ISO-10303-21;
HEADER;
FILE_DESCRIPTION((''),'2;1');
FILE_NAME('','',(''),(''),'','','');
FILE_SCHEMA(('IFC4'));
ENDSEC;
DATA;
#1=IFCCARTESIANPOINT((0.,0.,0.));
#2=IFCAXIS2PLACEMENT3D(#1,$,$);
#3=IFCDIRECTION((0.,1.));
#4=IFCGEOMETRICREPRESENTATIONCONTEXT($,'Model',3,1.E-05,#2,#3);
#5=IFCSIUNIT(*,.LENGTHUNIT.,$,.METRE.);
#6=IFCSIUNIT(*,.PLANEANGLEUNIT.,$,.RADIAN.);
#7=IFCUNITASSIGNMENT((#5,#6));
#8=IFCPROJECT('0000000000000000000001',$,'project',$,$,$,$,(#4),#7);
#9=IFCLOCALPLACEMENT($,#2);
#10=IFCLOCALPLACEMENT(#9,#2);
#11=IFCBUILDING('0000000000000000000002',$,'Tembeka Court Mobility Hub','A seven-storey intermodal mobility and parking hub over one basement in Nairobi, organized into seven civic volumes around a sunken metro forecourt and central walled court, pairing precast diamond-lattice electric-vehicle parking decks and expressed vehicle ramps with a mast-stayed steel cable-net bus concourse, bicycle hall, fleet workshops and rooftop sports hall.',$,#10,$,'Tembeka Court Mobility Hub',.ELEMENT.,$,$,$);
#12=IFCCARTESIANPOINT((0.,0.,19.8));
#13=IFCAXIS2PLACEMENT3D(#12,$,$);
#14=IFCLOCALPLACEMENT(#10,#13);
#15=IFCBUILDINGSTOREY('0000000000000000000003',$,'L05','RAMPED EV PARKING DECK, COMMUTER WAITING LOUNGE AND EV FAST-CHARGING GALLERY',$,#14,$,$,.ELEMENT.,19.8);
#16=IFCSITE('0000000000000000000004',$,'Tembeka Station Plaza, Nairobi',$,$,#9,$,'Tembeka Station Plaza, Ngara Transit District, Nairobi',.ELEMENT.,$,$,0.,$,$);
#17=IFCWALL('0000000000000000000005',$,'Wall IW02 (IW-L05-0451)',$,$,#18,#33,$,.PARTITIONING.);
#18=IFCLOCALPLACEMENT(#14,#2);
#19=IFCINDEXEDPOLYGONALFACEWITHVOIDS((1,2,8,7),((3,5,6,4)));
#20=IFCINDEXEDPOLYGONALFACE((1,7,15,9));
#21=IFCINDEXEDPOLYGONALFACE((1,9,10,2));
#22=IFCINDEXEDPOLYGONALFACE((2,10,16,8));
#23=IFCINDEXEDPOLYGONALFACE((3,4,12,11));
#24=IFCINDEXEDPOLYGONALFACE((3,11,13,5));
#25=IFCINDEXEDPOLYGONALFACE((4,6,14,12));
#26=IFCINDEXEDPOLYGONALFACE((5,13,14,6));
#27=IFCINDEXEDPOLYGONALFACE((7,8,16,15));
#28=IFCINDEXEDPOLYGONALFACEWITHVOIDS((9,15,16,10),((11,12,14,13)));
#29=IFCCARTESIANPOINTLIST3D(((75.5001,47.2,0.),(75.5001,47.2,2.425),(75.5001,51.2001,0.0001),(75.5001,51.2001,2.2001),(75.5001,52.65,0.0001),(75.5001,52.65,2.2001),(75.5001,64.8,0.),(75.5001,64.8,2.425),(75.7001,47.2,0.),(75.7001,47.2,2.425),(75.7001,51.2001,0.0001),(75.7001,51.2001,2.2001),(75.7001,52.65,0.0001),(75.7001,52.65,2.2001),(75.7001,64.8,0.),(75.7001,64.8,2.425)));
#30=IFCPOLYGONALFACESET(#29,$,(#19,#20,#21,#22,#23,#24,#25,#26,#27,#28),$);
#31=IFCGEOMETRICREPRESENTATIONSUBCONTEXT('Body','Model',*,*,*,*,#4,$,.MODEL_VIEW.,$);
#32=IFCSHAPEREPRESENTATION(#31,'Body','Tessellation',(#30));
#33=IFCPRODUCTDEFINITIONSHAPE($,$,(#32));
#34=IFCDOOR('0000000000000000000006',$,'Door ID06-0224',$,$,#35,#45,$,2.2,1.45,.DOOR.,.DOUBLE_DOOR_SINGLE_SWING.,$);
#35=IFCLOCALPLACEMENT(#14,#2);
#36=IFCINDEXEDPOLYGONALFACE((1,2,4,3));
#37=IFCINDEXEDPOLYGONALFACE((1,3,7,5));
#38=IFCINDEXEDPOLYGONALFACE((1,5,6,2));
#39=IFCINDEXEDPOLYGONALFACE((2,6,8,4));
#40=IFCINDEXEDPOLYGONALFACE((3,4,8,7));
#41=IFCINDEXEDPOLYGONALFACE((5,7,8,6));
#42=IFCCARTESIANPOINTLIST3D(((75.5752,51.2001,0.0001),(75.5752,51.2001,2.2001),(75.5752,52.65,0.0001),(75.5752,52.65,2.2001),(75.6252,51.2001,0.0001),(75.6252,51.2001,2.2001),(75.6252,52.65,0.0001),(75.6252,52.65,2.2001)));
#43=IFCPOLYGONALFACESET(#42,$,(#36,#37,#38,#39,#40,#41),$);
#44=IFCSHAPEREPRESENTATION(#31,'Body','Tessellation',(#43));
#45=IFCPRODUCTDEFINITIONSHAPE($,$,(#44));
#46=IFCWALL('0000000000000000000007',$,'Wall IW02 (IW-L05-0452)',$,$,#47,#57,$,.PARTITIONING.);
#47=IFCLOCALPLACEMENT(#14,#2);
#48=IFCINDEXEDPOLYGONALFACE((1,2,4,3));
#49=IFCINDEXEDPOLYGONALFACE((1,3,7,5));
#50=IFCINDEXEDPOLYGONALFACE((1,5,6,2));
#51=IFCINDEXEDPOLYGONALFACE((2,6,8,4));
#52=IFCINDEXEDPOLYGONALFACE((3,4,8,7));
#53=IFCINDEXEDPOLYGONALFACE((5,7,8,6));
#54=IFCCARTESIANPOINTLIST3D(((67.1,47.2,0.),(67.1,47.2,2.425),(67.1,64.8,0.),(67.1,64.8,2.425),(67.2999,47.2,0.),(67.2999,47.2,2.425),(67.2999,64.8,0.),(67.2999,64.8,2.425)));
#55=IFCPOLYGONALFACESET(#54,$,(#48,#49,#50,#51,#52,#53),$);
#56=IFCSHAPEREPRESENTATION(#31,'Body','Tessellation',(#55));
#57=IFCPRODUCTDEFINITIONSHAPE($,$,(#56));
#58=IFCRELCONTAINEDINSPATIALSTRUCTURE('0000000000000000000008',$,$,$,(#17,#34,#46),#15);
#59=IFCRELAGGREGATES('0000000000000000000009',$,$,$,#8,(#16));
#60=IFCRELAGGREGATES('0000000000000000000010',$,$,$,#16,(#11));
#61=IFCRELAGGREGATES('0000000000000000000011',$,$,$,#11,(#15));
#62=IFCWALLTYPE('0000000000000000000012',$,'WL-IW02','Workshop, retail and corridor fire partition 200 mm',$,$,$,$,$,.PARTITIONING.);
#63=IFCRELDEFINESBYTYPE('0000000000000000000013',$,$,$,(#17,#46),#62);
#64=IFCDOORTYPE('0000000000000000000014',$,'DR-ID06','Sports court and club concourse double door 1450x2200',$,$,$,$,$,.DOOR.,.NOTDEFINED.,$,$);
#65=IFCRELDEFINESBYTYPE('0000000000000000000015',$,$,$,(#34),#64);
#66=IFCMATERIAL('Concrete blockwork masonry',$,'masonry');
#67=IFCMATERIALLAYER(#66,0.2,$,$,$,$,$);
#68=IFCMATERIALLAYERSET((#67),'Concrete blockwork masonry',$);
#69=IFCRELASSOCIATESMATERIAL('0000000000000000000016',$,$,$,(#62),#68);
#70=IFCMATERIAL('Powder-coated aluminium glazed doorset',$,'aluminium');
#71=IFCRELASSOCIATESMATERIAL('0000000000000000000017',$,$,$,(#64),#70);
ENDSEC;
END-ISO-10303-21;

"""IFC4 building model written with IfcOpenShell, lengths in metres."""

from ifc_helpers import new_model, si_unit, direction, frame, frame_2d, origin, place, context, subcontext, project, spatial, rectangle, extrude, material, layer, layer_set, type_object, element, fill, save


model = new_model("IFC4")

# Units and contexts
model_context = context("Model", 3, precision=1e-05, world=origin(), true_north=direction((0.0, 1.0)))
body_context = subcontext(model_context, "Body", "Model", "MODEL_VIEW")
ifc_project = project(units=[si_unit("LENGTHUNIT", "METRE"), si_unit("PLANEANGLEUNIT", "RADIAN")], contexts=[model_context])

# Site, building, storey
site_placement = place(None, origin())
site = spatial("IfcSite", under=ifc_project, at=site_placement, Name="Tembeka Station Plaza, Nairobi", LongName="Tembeka Station Plaza, Ngara Transit District, Nairobi", CompositionType="ELEMENT", RefElevation=0.0)
building_placement = place(site_placement, origin())
building = spatial("IfcBuilding", under=site, at=building_placement, Name="Tembeka Court Mobility Hub", Description="A seven-storey intermodal mobility and parking hub over one basement in Nairobi, organized into seven civic volumes around a sunken metro forecourt and central walled court, pairing precast diamond-lattice electric-vehicle parking decks and expressed vehicle ramps with a mast-stayed steel cable-net bus concourse, bicycle hall, fleet workshops and rooftop sports hall.", LongName="Tembeka Court Mobility Hub", CompositionType="ELEMENT")
storey_placement = place(building_placement, frame((0.0, 0.0, 19.8)))
storey = spatial("IfcBuildingStorey", under=building, at=storey_placement, Name="L05", Description="RAMPED EV PARKING DECK, COMMUTER WAITING LOUNGE AND EV FAST-CHARGING GALLERY", CompositionType="ELEMENT", Elevation=19.8)

# Wall, opening, door
ifc_material_1 = material(Name="Concrete blockwork masonry", Category="masonry")
ifc_layer = layer(ifc_material_1, 0.2)
ifc_layer_set = layer_set([ifc_layer], Name="Concrete blockwork masonry")
wall_type = type_object("IfcWallType", Name="WL-IW02", Description="Workshop, retail and corridor fire partition 200 mm", PredefinedType="PARTITIONING", material=ifc_layer_set)
wall_1_placement = place(storey_placement, frame((75.6001, 47.2, 0.0), z_axis=(0.0, 0.0, 1.0), x_axis=(0.0, 1.0, 0.0)))
wall_1 = element("IfcWall", 1, at=wall_1_placement, inside=storey, type_object=wall_type, Name="Wall IW02 (IW-L05-0451)", PredefinedType="PARTITIONING", context=body_context, shape_type="SweptSolid", body=[
    extrude(rectangle(XDim=17.6001, YDim=0.2, at=frame_2d((8.8, 0.0))), origin(), (0.0, 0.0, 1.0), 2.425),
])
opening_1_placement = place(wall_1_placement, frame((4.0, 0.0, 0.0)))
opening_1 = element("IfcOpeningElement", 2, at=opening_1_placement, cuts=wall_1, PredefinedType="OPENING", context=body_context, shape_type="SweptSolid", body=[
    extrude(rectangle(XDim=1.45, YDim=2.2, at=frame_2d((0.7251, 1.1001))), frame((0.0, 0.1099, 0.0), z_axis=(0.0, -1.0, 0.0), x_axis=(1.0, 0.0, 0.0)), (0.0, 0.0, 1.0), 0.22),
])
ifc_material_2 = material(Name="Powder-coated aluminium glazed doorset", Category="aluminium")
door_type_1 = type_object("IfcDoorType", Name="DR-ID06", Description="Sports court and club concourse double door 1450x2200", OperationType="NOTDEFINED", PredefinedType="DOOR", material=ifc_material_2)
door_1_placement = place(opening_1_placement, origin())
door_1 = element("IfcDoor", 3, at=door_1_placement, inside=storey, type_object=door_type_1, Name="Door ID06-0224", OperationType="DOUBLE_DOOR_SINGLE_SWING", OverallHeight=2.2, OverallWidth=1.45, PredefinedType="DOOR", context=body_context, shape_type="SweptSolid", body=[
    extrude(rectangle(XDim=1.45, YDim=2.2, at=frame_2d((0.7251, 1.1001))), frame((0.0, 0.0249, 0.0), z_axis=(0.0, -1.0, 0.0), x_axis=(1.0, 0.0, 0.0)), (0.0, 0.0, 1.0), 0.05),
])
fill(opening_1, door_1)

# Wall
wall_2_placement = place(storey_placement, frame((67.2, 47.2, 0.0), z_axis=(0.0, 0.0, 1.0), x_axis=(0.0, 1.0, 0.0)))
element("IfcWall", 4, at=wall_2_placement, inside=storey, type_object=wall_type, Name="Wall IW02 (IW-L05-0452)", PredefinedType="PARTITIONING", context=body_context, shape_type="SweptSolid", body=[
    extrude(rectangle(XDim=17.6001, YDim=0.2, at=frame_2d((8.8, 0.0))), origin(), (0.0, 0.0, 1.0), 2.425),
])

save(model, "model.ifc")
